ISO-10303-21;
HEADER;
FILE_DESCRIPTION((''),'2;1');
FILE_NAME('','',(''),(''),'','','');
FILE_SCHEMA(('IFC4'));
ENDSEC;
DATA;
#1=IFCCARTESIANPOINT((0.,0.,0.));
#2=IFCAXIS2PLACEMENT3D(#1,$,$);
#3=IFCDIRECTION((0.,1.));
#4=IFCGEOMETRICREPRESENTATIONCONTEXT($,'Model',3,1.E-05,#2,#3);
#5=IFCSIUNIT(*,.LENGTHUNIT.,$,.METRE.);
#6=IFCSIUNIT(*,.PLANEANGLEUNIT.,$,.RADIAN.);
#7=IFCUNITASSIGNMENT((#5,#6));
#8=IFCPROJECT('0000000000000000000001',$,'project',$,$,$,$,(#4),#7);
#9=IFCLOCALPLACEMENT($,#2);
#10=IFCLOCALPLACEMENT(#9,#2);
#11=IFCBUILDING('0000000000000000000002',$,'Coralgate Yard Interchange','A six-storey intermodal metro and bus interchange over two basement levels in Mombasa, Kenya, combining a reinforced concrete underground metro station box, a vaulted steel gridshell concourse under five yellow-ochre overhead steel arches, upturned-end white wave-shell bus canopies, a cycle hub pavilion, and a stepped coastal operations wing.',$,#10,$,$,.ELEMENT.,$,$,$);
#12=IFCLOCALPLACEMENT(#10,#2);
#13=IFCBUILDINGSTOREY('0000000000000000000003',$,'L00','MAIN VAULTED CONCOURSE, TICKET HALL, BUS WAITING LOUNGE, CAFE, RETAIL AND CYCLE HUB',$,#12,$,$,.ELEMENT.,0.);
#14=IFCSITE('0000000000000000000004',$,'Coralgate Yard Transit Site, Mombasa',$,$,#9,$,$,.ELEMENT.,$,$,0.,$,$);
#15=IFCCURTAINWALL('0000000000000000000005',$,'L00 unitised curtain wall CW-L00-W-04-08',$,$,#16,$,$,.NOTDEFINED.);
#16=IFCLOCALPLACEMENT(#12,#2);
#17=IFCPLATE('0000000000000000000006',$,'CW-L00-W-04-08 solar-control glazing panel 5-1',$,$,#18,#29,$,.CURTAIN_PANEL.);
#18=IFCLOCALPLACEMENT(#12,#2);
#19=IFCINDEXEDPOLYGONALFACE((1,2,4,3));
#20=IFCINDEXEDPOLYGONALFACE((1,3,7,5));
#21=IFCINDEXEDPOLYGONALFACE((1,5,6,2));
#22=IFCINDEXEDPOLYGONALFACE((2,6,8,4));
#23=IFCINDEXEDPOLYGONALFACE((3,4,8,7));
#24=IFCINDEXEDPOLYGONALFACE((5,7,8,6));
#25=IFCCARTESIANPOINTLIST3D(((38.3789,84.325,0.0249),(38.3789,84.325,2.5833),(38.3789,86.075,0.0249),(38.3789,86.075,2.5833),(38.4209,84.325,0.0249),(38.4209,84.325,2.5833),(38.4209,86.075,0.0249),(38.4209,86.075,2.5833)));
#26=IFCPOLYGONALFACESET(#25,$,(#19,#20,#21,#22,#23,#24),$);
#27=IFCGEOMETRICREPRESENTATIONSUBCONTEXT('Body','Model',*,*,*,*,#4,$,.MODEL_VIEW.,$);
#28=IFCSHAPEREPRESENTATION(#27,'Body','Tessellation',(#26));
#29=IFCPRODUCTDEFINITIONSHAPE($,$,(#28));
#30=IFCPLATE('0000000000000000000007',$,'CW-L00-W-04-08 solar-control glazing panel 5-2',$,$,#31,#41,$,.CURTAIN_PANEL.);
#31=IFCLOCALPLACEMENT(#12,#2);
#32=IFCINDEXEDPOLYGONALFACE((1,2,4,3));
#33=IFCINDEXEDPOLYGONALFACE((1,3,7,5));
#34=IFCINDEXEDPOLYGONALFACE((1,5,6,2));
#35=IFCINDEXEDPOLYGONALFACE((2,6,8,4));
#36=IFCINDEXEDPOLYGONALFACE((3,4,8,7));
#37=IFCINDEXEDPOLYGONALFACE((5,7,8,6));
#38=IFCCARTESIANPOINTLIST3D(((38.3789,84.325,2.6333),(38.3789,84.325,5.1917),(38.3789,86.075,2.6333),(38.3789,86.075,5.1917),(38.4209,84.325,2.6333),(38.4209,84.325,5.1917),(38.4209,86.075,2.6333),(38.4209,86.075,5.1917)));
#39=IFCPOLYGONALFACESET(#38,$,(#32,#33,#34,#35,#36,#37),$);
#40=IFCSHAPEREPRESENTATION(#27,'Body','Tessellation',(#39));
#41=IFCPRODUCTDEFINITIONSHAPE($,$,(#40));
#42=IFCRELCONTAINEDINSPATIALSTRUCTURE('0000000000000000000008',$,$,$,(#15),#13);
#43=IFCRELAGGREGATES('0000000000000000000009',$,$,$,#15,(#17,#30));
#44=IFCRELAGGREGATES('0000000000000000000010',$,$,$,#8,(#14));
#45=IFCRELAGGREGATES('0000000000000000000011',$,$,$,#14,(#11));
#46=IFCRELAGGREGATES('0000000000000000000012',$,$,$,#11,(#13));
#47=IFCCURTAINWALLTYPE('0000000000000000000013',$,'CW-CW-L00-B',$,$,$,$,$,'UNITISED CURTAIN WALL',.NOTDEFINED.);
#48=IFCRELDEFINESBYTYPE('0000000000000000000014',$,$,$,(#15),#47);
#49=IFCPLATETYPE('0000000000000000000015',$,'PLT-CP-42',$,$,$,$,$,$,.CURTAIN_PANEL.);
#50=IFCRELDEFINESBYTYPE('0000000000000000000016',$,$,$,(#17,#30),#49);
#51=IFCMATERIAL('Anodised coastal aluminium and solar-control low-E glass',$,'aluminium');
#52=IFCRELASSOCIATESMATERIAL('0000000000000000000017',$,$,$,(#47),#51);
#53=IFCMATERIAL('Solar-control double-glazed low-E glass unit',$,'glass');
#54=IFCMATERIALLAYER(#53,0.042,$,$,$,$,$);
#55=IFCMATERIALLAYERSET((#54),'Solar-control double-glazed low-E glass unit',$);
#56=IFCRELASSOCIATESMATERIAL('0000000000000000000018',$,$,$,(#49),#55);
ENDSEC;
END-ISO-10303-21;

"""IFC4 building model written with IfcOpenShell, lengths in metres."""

from ifc_helpers import new_model, si_unit, direction, frame, origin, origin_2d, place, context, subcontext, project, spatial, rectangle, extrude, material, layer, layer_set, type_object, element, aggregate, save


model = new_model("IFC4")

# Units and contexts
model_context = context("Model", 3, precision=1e-05, world=origin(), true_north=direction((0.0, 1.0)))
body_context = subcontext(model_context, "Body", "Model", "MODEL_VIEW")
ifc_project = project(units=[si_unit("LENGTHUNIT", "METRE"), si_unit("PLANEANGLEUNIT", "RADIAN")], contexts=[model_context])

# Site, building, storey
site_placement = place(None, origin())
site = spatial("IfcSite", under=ifc_project, at=site_placement, Name="Coralgate Yard Transit Site, Mombasa", CompositionType="ELEMENT", RefElevation=0.0)
building_placement = place(site_placement, origin())
building = spatial("IfcBuilding", under=site, at=building_placement, Name="Coralgate Yard Interchange", Description="A six-storey intermodal metro and bus interchange over two basement levels in Mombasa, Kenya, combining a reinforced concrete underground metro station box, a vaulted steel gridshell concourse under five yellow-ochre overhead steel arches, upturned-end white wave-shell bus canopies, a cycle hub pavilion, and a stepped coastal operations wing.", CompositionType="ELEMENT")
storey_placement = place(building_placement, origin())
storey = spatial("IfcBuildingStorey", under=building, at=storey_placement, Name="L00", Description="MAIN VAULTED CONCOURSE, TICKET HALL, BUS WAITING LOUNGE, CAFE, RETAIL AND CYCLE HUB", CompositionType="ELEMENT", Elevation=0.0)

# Curtain wall
ifc_material_1 = material(Name="Anodised coastal aluminium and solar-control low-E glass", Category="aluminium")
curtain_wall_type_1 = type_object("IfcCurtainWallType", Name="CW-CW-L00-B", ElementType="UNITISED CURTAIN WALL", PredefinedType="NOTDEFINED", material=ifc_material_1)
curtain_wall_1_placement = place(storey_placement, origin())
curtain_wall_1 = element("IfcCurtainWall", 1, at=curtain_wall_1_placement, inside=storey, type_object=curtain_wall_type_1, Name="L00 unitised curtain wall CW-L00-W-04-08", PredefinedType="NOTDEFINED")

# Plates
ifc_material_2 = material(Name="Solar-control double-glazed low-E glass unit", Category="glass")
ifc_layer = layer(ifc_material_2, 0.042)
ifc_layer_set = layer_set([ifc_layer], Name="Solar-control double-glazed low-E glass unit")
plate_type = type_object("IfcPlateType", Name="PLT-CP-42", PredefinedType="CURTAIN_PANEL", material=ifc_layer_set)
plate_1_placement = place(storey_placement, frame((38.3999, 85.2, 0.0249), z_axis=(0.0, 0.0, 1.0), x_axis=(0.0, 1.0, 0.0)))
plate_1 = element("IfcPlate", 2, at=plate_1_placement, type_object=plate_type, Name="CW-L00-W-04-08 solar-control glazing panel 5-1", PredefinedType="CURTAIN_PANEL", context=body_context, shape_type="SweptSolid", body=[
    extrude(rectangle(XDim=1.75, YDim=0.042, at=origin_2d()), origin(), (0.0, 0.0, 1.0), 2.5583),
])
plate_2_placement = place(storey_placement, frame((38.3999, 85.2, 2.6333), z_axis=(0.0, 0.0, 1.0), x_axis=(0.0, 1.0, 0.0)))
plate_2 = element("IfcPlate", 3, at=plate_2_placement, type_object=plate_type, Name="CW-L00-W-04-08 solar-control glazing panel 5-2", PredefinedType="CURTAIN_PANEL", context=body_context, shape_type="SweptSolid", body=[
    extrude(rectangle(XDim=1.75, YDim=0.042, at=origin_2d()), origin(), (0.0, 0.0, 1.0), 2.5583),
])
aggregate(curtain_wall_1, [plate_1, plate_2])

save(model, "model.ifc")
